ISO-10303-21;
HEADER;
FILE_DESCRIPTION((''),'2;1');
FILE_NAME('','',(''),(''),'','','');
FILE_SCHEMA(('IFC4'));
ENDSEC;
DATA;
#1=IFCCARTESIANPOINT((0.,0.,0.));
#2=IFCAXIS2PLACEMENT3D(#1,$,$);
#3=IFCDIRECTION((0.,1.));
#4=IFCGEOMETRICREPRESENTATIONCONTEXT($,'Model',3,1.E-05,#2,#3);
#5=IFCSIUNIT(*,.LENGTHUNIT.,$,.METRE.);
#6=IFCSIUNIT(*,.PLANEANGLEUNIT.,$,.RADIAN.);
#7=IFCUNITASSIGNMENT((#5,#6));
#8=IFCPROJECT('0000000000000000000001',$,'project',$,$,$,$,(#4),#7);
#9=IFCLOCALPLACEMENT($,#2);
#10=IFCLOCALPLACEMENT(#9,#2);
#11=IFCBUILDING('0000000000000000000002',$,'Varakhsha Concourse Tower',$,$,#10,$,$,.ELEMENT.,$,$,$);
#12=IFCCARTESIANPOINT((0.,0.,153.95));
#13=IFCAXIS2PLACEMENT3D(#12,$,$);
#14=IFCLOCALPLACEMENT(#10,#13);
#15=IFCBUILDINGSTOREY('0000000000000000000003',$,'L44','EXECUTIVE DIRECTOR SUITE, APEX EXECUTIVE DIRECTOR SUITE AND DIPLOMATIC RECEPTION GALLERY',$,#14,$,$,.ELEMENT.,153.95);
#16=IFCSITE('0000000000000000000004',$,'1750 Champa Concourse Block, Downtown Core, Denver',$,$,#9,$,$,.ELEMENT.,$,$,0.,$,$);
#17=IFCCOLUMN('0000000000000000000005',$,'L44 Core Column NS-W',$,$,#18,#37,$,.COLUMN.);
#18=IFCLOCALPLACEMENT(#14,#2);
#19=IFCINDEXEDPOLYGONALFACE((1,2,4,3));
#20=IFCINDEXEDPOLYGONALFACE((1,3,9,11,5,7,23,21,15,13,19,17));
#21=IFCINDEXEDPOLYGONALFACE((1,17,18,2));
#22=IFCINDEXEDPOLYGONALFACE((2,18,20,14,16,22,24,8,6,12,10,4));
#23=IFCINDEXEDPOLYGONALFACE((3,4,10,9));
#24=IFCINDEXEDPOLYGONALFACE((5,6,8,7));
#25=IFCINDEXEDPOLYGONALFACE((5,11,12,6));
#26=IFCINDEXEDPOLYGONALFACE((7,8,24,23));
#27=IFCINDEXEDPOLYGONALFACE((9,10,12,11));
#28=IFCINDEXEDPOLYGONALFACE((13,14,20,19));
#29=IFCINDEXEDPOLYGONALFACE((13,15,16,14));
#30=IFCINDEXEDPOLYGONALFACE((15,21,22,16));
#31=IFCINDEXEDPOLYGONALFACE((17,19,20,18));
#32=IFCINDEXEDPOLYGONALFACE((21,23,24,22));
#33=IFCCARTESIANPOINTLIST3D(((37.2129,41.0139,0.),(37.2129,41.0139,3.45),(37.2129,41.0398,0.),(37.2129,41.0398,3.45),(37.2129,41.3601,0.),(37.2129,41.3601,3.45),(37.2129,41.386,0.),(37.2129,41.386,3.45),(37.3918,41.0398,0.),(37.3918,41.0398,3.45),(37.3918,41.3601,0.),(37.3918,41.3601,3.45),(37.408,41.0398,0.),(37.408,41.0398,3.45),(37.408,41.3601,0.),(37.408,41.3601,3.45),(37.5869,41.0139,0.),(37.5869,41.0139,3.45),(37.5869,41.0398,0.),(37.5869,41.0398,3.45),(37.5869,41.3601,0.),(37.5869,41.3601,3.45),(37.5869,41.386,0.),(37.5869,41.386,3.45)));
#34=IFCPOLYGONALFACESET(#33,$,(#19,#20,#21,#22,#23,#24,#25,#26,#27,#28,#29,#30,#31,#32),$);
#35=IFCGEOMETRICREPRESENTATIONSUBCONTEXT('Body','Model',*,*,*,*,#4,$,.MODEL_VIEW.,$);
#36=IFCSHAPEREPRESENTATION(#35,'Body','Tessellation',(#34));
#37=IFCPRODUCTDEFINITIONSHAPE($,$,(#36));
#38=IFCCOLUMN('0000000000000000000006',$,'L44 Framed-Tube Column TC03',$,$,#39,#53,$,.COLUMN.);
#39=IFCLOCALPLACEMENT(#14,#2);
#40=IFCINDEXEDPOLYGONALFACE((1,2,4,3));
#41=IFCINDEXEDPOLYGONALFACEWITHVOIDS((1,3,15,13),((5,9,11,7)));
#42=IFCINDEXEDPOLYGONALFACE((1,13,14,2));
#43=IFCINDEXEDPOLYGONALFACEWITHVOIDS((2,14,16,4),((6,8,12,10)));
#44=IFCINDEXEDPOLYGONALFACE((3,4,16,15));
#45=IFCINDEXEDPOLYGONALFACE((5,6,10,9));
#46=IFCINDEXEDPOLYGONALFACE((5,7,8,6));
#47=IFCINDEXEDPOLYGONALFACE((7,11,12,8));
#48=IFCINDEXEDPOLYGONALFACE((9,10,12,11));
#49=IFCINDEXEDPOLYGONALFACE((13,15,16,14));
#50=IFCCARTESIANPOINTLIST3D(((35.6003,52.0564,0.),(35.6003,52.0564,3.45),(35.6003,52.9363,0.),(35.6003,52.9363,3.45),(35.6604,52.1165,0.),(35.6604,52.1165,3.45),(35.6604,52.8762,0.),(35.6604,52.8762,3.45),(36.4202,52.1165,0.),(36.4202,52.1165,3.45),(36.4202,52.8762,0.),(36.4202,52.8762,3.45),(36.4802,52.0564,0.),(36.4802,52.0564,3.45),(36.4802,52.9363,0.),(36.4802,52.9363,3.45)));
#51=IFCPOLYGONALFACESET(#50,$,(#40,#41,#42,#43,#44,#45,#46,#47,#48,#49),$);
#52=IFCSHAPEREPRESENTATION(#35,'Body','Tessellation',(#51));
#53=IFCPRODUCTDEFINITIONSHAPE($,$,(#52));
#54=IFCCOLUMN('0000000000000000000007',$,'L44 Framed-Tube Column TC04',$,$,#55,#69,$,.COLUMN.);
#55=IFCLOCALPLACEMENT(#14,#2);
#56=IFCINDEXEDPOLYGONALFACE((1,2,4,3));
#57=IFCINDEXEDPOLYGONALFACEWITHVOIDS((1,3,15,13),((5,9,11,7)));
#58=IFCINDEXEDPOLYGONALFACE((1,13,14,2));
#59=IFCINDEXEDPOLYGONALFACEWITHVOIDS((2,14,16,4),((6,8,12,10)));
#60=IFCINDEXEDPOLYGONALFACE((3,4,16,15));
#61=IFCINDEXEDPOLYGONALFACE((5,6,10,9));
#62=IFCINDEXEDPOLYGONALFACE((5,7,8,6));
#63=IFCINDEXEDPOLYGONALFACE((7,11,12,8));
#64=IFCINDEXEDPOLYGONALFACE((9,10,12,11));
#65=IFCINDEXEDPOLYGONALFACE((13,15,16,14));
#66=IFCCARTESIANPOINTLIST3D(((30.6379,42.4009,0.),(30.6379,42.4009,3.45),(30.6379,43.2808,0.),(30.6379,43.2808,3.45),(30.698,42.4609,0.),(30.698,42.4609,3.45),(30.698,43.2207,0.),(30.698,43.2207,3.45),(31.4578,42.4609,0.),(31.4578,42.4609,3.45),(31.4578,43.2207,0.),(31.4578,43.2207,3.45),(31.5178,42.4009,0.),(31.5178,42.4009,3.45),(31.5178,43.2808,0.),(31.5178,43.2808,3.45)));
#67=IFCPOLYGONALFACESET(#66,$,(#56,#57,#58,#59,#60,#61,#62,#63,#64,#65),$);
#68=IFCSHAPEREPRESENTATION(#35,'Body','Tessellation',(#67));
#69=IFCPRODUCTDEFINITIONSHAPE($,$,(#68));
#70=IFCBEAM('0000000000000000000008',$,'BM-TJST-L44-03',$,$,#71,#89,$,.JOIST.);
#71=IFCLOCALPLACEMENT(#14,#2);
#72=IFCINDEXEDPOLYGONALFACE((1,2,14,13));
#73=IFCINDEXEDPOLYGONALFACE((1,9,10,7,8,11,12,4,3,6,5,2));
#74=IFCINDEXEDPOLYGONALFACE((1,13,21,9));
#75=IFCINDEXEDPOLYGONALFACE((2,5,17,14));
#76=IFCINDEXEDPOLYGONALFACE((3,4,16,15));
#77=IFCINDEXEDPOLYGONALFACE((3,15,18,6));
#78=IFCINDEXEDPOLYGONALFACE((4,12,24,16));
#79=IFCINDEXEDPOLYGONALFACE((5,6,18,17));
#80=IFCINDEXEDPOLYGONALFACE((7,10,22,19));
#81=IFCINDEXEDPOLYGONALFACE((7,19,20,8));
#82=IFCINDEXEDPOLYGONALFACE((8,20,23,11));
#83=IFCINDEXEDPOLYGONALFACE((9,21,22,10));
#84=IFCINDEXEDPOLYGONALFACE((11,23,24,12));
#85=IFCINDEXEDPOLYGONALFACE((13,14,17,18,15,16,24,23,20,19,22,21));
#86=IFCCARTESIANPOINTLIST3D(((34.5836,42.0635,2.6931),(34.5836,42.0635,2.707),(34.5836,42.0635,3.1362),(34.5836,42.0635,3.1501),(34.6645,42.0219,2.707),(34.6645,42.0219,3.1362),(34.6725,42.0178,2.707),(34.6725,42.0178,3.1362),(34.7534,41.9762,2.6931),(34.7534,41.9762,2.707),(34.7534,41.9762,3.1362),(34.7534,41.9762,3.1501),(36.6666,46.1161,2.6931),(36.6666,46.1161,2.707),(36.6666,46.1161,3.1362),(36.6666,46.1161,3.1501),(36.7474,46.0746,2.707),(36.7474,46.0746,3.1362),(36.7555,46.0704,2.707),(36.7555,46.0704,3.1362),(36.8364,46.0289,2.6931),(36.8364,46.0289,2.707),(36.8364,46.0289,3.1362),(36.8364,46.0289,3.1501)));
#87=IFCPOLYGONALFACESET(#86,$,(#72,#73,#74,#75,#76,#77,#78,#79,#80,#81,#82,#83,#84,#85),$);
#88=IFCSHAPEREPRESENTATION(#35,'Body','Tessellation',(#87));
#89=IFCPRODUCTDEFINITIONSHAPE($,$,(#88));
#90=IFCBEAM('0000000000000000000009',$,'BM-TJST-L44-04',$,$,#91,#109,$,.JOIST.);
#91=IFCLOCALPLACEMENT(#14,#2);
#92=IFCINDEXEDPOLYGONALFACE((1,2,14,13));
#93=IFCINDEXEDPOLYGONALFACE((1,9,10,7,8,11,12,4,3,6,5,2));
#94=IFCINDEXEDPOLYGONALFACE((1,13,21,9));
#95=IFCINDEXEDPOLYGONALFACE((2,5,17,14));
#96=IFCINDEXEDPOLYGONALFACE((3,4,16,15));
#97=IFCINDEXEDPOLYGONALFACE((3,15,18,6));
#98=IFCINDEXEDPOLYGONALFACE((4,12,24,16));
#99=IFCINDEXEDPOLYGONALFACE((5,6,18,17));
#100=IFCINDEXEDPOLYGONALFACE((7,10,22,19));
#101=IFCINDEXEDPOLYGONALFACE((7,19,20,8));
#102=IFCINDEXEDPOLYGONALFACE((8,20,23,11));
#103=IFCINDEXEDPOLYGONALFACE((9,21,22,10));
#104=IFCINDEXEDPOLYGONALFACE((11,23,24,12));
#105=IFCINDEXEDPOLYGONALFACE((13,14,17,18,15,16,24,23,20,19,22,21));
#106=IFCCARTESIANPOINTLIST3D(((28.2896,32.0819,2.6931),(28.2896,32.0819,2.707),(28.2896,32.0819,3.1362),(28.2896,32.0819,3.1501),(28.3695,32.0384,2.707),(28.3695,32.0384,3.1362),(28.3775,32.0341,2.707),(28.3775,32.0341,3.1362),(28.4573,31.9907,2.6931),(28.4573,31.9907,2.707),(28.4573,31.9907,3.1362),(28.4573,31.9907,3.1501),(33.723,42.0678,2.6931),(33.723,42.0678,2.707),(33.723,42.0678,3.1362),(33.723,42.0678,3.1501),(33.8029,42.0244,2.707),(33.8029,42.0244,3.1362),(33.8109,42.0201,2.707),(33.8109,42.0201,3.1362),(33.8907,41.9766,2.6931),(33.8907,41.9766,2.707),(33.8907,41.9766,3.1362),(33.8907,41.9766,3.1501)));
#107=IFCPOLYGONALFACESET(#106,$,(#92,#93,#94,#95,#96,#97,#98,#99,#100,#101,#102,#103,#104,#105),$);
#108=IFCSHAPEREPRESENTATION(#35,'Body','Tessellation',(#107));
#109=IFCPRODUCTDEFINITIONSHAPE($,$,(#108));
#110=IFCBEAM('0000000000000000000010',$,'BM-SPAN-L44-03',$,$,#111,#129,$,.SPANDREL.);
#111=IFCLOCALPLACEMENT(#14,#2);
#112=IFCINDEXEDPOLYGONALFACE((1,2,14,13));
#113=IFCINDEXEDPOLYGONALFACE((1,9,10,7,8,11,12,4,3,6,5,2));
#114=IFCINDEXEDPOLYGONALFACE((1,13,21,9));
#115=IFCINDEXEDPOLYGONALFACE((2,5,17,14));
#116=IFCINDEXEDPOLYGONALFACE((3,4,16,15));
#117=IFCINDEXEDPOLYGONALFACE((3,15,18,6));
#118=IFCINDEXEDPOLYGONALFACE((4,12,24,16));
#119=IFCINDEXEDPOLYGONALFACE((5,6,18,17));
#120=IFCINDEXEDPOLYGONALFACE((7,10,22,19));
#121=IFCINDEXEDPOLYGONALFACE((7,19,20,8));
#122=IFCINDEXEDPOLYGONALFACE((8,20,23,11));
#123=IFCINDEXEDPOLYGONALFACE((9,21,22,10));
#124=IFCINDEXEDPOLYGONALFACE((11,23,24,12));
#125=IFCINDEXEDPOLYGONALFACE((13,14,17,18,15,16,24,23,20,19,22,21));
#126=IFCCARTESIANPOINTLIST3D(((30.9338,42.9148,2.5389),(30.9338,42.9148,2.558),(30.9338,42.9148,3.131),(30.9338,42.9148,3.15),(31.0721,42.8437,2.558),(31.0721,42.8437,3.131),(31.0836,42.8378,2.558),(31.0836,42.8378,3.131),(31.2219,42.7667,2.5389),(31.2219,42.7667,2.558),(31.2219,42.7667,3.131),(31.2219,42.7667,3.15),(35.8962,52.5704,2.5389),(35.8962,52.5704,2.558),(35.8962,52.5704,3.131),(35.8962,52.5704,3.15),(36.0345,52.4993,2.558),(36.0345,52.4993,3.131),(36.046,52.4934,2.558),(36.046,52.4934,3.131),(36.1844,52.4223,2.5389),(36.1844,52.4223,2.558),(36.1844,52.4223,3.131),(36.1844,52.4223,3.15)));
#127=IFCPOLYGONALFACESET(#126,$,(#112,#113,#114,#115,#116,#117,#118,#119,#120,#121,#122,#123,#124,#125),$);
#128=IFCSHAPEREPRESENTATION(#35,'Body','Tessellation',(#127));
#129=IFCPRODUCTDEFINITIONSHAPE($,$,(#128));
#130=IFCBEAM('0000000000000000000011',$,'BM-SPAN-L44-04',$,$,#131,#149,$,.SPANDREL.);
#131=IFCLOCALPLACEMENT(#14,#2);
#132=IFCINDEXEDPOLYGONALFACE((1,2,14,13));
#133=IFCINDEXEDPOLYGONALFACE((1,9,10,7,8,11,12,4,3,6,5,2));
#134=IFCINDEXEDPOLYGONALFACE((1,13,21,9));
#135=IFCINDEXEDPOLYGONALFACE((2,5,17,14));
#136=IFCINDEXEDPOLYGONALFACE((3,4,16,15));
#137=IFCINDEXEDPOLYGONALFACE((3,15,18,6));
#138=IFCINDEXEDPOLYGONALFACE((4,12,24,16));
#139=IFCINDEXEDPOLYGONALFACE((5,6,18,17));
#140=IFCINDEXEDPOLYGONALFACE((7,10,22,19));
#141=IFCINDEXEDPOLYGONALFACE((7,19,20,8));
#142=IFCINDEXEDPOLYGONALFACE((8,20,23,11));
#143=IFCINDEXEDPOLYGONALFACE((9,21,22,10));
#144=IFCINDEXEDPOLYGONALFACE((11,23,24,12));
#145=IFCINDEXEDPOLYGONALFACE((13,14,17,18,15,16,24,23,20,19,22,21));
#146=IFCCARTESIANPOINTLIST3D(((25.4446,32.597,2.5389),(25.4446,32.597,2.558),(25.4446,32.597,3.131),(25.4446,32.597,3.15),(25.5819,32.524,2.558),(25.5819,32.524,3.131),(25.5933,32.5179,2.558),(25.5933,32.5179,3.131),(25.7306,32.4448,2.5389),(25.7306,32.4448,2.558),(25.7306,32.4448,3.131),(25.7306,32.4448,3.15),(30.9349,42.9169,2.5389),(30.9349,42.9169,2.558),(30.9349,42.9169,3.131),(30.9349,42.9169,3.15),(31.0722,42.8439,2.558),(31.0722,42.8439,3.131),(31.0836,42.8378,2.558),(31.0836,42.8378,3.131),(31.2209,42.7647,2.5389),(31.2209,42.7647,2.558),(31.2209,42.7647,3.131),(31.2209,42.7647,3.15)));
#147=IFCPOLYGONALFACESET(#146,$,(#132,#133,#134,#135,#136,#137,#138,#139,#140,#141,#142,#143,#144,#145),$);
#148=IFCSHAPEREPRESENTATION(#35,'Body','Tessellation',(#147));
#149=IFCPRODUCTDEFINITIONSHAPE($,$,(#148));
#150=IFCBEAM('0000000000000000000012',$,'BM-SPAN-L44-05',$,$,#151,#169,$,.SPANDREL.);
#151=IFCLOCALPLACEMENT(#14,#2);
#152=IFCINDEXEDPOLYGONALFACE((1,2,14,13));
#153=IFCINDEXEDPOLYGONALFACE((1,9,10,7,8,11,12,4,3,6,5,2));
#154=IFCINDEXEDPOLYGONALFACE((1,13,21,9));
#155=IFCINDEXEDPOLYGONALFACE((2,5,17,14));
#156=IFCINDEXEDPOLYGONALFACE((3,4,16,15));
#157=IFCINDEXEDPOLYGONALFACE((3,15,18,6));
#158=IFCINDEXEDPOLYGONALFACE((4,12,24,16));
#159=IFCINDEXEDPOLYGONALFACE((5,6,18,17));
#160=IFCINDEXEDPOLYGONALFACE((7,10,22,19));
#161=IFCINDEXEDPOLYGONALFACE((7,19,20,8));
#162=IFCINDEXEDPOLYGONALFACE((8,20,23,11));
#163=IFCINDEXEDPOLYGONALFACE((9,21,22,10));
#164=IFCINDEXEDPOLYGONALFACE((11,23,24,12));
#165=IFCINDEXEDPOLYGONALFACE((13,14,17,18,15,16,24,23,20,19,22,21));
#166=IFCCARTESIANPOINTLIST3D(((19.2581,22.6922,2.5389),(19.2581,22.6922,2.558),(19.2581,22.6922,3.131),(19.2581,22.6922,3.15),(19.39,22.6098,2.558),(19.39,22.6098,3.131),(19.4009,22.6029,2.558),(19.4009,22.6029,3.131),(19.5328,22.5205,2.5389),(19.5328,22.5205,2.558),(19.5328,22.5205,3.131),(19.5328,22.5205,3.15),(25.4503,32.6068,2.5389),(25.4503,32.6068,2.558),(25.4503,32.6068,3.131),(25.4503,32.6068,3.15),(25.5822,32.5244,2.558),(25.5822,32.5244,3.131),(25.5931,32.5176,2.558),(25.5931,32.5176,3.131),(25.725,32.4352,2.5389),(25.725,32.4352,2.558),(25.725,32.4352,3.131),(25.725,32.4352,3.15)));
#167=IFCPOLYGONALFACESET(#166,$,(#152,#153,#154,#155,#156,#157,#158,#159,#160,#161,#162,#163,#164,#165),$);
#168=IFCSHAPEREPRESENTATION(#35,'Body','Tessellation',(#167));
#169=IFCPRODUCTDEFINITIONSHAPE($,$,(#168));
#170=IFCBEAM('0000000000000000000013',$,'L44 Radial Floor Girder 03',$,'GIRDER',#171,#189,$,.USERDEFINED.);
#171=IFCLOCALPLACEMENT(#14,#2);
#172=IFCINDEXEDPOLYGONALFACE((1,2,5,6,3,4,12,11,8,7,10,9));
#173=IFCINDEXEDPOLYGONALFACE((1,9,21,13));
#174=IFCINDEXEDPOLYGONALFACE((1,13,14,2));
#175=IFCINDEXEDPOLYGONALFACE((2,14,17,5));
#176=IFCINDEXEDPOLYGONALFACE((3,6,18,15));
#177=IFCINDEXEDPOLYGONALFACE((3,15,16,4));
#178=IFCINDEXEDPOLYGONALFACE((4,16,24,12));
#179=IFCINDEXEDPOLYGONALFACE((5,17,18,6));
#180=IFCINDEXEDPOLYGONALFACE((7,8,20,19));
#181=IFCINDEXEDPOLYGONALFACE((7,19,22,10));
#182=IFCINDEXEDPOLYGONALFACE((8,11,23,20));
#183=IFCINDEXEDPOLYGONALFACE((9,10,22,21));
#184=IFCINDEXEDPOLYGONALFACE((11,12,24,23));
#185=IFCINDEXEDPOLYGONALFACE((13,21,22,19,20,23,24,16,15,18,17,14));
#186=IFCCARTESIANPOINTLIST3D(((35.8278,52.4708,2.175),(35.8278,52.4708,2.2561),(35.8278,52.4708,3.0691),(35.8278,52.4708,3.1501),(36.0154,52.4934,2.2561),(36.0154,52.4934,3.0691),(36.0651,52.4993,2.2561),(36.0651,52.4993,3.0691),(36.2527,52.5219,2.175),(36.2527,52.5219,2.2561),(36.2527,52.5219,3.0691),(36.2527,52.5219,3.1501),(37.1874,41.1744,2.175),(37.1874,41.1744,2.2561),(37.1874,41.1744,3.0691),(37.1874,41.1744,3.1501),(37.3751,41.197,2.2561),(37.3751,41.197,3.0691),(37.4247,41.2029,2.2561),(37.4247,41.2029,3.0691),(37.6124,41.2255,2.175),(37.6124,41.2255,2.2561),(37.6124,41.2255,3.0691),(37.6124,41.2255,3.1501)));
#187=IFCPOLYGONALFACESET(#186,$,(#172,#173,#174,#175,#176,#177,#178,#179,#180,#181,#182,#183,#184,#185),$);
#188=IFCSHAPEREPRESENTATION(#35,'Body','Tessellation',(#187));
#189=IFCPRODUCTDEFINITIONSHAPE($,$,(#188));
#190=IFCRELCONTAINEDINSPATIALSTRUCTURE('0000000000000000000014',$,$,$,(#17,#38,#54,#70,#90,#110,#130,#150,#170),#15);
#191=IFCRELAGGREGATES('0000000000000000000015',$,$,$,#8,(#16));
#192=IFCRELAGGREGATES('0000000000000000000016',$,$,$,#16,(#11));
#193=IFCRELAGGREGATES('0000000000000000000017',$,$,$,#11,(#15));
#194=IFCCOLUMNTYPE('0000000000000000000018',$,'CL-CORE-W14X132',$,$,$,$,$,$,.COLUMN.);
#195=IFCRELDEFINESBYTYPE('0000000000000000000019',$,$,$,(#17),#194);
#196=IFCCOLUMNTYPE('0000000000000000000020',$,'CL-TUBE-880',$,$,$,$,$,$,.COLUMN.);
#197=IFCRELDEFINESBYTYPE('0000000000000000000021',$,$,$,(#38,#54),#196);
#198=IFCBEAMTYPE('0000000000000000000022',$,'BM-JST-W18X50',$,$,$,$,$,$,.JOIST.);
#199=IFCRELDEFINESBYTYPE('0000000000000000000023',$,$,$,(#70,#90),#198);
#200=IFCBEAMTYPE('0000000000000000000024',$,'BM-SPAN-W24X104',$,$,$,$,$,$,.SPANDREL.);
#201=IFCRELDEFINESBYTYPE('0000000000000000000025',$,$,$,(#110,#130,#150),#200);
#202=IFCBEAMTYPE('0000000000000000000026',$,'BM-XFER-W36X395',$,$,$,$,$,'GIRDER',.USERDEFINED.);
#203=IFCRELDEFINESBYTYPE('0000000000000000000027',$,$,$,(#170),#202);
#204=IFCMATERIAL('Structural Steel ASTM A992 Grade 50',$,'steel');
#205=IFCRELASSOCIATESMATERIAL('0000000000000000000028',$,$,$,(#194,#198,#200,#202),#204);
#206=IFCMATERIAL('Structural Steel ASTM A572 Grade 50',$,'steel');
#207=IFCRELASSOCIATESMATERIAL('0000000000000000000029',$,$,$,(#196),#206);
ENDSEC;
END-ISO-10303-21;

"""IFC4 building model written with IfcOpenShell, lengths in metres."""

from ifc_helpers import new_model, si_unit, direction, frame, origin, origin_2d, place, context, subcontext, project, spatial, hollow_rectangle, i_section, extrude, material, material_profile, profile_set, type_object, element, save


model = new_model("IFC4")

# Units and contexts
model_context = context("Model", 3, precision=1e-05, world=origin(), true_north=direction((0.0, 1.0)))
body_context = subcontext(model_context, "Body", "Model", "MODEL_VIEW")
ifc_project = project(units=[si_unit("LENGTHUNIT", "METRE"), si_unit("PLANEANGLEUNIT", "RADIAN")], contexts=[model_context])

# Site, building, storey
site_placement = place(None, origin())
site = spatial("IfcSite", under=ifc_project, at=site_placement, Name="1750 Champa Concourse Block, Downtown Core, Denver", CompositionType="ELEMENT", RefElevation=0.0)
building_placement = place(site_placement, origin())
building = spatial("IfcBuilding", under=site, at=building_placement, Name="Varakhsha Concourse Tower", CompositionType="ELEMENT")
storey_placement = place(building_placement, frame((0.0, 0.0, 153.95)))
storey = spatial("IfcBuildingStorey", under=building, at=storey_placement, Name="L44", Description="EXECUTIVE DIRECTOR SUITE, APEX EXECUTIVE DIRECTOR SUITE AND DIPLOMATIC RECEPTION GALLERY", CompositionType="ELEMENT", Elevation=153.95)

# Columns
ifc_material_1 = material(Name="Structural Steel ASTM A992 Grade 50", Category="steel")
ifc_material_profile_1 = material_profile(ifc_material_1, i_section(OverallWidth=0.374, OverallDepth=0.3721, WebThickness=0.0161, FlangeThickness=0.0259, at=origin_2d()), Name="W14X132")
ifc_profile_set_1 = profile_set([ifc_material_profile_1], Name="Structural Steel ASTM A992 Grade 50")
column_type_1 = type_object("IfcColumnType", Name="CL-CORE-W14X132", PredefinedType="COLUMN", material=ifc_profile_set_1)
column_placement = place(storey_placement, frame((37.3999, 41.2, 0.0), z_axis=(0.0, 0.0, 1.0), x_axis=(1.0, 0.0, 0.0)))
element("IfcColumn", 1, at=column_placement, inside=storey, type_object=column_type_1, Name="L44 Core Column NS-W", PredefinedType="COLUMN", context=body_context, shape_type="SweptSolid", body=[
    extrude(i_section(OverallWidth=0.374, OverallDepth=0.3721, WebThickness=0.0161, FlangeThickness=0.0259, at=origin_2d()), origin(), (0.0, 0.0, 1.0), 3.45),
])
ifc_material_2 = material(Name="Structural Steel ASTM A572 Grade 50", Category="steel")
ifc_material_profile_2 = material_profile(ifc_material_2, hollow_rectangle(XDim=0.8799, YDim=0.8799, WallThickness=0.0601, at=origin_2d()), Name="BOX 880x880x60")
ifc_profile_set_2 = profile_set([ifc_material_profile_2], Name="Structural Steel ASTM A572 Grade 50")
column_type_2 = type_object("IfcColumnType", Name="CL-TUBE-880", PredefinedType="COLUMN", material=ifc_profile_set_2)
for number, where, z_axis, x_axis, name in (
    (2, (36.0403, 52.4963, 0.0), (0.0, 0.0, 1.0), (1.0, 0.0, 0.0), "L44 Framed-Tube Column TC03"),
    (3, (31.0779, 42.8408, 0.0), (0.0, 0.0, 1.0), (1.0, 0.0, 0.0), "L44 Framed-Tube Column TC04"),
):
    element("IfcColumn", number, at=place(storey_placement, frame(where, z_axis=z_axis, x_axis=x_axis)), inside=storey, type_object=column_type_2, Name=name, PredefinedType="COLUMN", context=body_context, shape_type="SweptSolid", body=[
        extrude(hollow_rectangle(XDim=0.8799, YDim=0.8799, WallThickness=0.0601, at=origin_2d()), origin(), (0.0, 0.0, 1.0), 3.45),
    ])

# Beams
ifc_material_profile_3 = material_profile(ifc_material_1, i_section(OverallWidth=0.1909, OverallDepth=0.457, WebThickness=0.009, FlangeThickness=0.0139, at=origin_2d()), Name="W18X50")
ifc_profile_set_3 = profile_set([ifc_material_profile_3], Name="Structural Steel ASTM A992 Grade 50")
beam_type_1 = type_object("IfcBeamType", Name="BM-JST-W18X50", PredefinedType="JOIST", material=ifc_profile_set_3)
beam_1_placement = place(storey_placement, frame((36.7515, 46.0725, 2.9216), z_axis=(-0.45713, -0.8894, 0.0), x_axis=(0.8894, -0.45713, 0.0)))
element("IfcBeam", 4, at=beam_1_placement, inside=storey, type_object=beam_type_1, Name="BM-TJST-L44-03", PredefinedType="JOIST", context=body_context, shape_type="SweptSolid", body=[
    extrude(i_section(OverallWidth=0.1909, OverallDepth=0.457, WebThickness=0.009, FlangeThickness=0.0139, at=origin_2d()), origin(), (0.0, 0.0, 1.0), 4.5566),
])
beam_2_placement = place(storey_placement, frame((33.8069, 42.0222, 2.9216), z_axis=(-0.477939, -0.878393, 0.0), x_axis=(0.878393, -0.477939, 0.0)))
element("IfcBeam", 5, at=beam_2_placement, inside=storey, type_object=beam_type_1, Name="BM-TJST-L44-04", PredefinedType="JOIST", context=body_context, shape_type="SweptSolid", body=[
    extrude(i_section(OverallWidth=0.1909, OverallDepth=0.457, WebThickness=0.009, FlangeThickness=0.0139, at=origin_2d()), origin(), (0.0, 0.0, 1.0), 11.3684),
])
ifc_material_profile_4 = material_profile(ifc_material_1, i_section(OverallWidth=0.324, OverallDepth=0.6111, WebThickness=0.0129, FlangeThickness=0.019, at=origin_2d()), Name="W24X104")
ifc_profile_set_4 = profile_set([ifc_material_profile_4], Name="Structural Steel ASTM A992 Grade 50")
beam_type_2 = type_object("IfcBeamType", Name="BM-SPAN-W24X104", PredefinedType="SPANDREL", material=ifc_profile_set_4)
beam_3_placement = place(storey_placement, frame((36.0403, 52.4963, 2.8445), z_axis=(-0.457108, -0.889411, 0.0), x_axis=(0.889411, -0.457108, 0.0)))
element("IfcBeam", 6, at=beam_3_placement, inside=storey, type_object=beam_type_2, Name="BM-SPAN-L44-03", PredefinedType="SPANDREL", context=body_context, shape_type="SweptSolid", body=[
    extrude(i_section(OverallWidth=0.324, OverallDepth=0.6111, WebThickness=0.0129, FlangeThickness=0.019, at=origin_2d()), origin(), (0.0, 0.0, 1.0), 10.8562),
])
for number, where, z_axis, x_axis, name in (
    (7, (31.0779, 42.8408, 2.8445), (-0.469677, -0.882838, 0.0), (0.882838, -0.469677, 0.0), "BM-SPAN-L44-04"),
    (8, (25.5876, 32.521, 2.8445), (-0.529725, -0.84817, 0.0), (0.84817, -0.529725, 0.0), "BM-SPAN-L44-05"),
):
    element("IfcBeam", number, at=place(storey_placement, frame(where, z_axis=z_axis, x_axis=x_axis)), inside=storey, type_object=beam_type_2, Name=name, PredefinedType="SPANDREL", context=body_context, shape_type="SweptSolid", body=[
        extrude(i_section(OverallWidth=0.324, OverallDepth=0.6111, WebThickness=0.0129, FlangeThickness=0.019, at=origin_2d()), origin(), (0.0, 0.0, 1.0), 11.6895),
    ])
ifc_material_profile_5 = material_profile(ifc_material_1, i_section(OverallWidth=0.428, OverallDepth=0.9751, WebThickness=0.05, FlangeThickness=0.0811, at=origin_2d()), Name="W36X395")
ifc_profile_set_5 = profile_set([ifc_material_profile_5], Name="Structural Steel ASTM A992 Grade 50")
beam_type_3 = type_object("IfcBeamType", Name="BM-XFER-W36X395", ElementType="GIRDER", PredefinedType="USERDEFINED", material=ifc_profile_set_5)
beam_4_placement = place(storey_placement, frame((37.3999, 41.2, 2.6626), z_axis=(-0.119496, 0.992835, 0.0), x_axis=(-0.992835, -0.119496, 0.0)))
element("IfcBeam", 9, at=beam_4_placement, inside=storey, type_object=beam_type_3, Name="L44 Radial Floor Girder 03", ObjectType="GIRDER", PredefinedType="USERDEFINED", context=body_context, shape_type="SweptSolid", body=[
    extrude(i_section(OverallWidth=0.428, OverallDepth=0.9751, WebThickness=0.05, FlangeThickness=0.0811, at=origin_2d()), origin(), (0.0, 0.0, 1.0), 11.3779),
])

save(model, "model.ifc")
